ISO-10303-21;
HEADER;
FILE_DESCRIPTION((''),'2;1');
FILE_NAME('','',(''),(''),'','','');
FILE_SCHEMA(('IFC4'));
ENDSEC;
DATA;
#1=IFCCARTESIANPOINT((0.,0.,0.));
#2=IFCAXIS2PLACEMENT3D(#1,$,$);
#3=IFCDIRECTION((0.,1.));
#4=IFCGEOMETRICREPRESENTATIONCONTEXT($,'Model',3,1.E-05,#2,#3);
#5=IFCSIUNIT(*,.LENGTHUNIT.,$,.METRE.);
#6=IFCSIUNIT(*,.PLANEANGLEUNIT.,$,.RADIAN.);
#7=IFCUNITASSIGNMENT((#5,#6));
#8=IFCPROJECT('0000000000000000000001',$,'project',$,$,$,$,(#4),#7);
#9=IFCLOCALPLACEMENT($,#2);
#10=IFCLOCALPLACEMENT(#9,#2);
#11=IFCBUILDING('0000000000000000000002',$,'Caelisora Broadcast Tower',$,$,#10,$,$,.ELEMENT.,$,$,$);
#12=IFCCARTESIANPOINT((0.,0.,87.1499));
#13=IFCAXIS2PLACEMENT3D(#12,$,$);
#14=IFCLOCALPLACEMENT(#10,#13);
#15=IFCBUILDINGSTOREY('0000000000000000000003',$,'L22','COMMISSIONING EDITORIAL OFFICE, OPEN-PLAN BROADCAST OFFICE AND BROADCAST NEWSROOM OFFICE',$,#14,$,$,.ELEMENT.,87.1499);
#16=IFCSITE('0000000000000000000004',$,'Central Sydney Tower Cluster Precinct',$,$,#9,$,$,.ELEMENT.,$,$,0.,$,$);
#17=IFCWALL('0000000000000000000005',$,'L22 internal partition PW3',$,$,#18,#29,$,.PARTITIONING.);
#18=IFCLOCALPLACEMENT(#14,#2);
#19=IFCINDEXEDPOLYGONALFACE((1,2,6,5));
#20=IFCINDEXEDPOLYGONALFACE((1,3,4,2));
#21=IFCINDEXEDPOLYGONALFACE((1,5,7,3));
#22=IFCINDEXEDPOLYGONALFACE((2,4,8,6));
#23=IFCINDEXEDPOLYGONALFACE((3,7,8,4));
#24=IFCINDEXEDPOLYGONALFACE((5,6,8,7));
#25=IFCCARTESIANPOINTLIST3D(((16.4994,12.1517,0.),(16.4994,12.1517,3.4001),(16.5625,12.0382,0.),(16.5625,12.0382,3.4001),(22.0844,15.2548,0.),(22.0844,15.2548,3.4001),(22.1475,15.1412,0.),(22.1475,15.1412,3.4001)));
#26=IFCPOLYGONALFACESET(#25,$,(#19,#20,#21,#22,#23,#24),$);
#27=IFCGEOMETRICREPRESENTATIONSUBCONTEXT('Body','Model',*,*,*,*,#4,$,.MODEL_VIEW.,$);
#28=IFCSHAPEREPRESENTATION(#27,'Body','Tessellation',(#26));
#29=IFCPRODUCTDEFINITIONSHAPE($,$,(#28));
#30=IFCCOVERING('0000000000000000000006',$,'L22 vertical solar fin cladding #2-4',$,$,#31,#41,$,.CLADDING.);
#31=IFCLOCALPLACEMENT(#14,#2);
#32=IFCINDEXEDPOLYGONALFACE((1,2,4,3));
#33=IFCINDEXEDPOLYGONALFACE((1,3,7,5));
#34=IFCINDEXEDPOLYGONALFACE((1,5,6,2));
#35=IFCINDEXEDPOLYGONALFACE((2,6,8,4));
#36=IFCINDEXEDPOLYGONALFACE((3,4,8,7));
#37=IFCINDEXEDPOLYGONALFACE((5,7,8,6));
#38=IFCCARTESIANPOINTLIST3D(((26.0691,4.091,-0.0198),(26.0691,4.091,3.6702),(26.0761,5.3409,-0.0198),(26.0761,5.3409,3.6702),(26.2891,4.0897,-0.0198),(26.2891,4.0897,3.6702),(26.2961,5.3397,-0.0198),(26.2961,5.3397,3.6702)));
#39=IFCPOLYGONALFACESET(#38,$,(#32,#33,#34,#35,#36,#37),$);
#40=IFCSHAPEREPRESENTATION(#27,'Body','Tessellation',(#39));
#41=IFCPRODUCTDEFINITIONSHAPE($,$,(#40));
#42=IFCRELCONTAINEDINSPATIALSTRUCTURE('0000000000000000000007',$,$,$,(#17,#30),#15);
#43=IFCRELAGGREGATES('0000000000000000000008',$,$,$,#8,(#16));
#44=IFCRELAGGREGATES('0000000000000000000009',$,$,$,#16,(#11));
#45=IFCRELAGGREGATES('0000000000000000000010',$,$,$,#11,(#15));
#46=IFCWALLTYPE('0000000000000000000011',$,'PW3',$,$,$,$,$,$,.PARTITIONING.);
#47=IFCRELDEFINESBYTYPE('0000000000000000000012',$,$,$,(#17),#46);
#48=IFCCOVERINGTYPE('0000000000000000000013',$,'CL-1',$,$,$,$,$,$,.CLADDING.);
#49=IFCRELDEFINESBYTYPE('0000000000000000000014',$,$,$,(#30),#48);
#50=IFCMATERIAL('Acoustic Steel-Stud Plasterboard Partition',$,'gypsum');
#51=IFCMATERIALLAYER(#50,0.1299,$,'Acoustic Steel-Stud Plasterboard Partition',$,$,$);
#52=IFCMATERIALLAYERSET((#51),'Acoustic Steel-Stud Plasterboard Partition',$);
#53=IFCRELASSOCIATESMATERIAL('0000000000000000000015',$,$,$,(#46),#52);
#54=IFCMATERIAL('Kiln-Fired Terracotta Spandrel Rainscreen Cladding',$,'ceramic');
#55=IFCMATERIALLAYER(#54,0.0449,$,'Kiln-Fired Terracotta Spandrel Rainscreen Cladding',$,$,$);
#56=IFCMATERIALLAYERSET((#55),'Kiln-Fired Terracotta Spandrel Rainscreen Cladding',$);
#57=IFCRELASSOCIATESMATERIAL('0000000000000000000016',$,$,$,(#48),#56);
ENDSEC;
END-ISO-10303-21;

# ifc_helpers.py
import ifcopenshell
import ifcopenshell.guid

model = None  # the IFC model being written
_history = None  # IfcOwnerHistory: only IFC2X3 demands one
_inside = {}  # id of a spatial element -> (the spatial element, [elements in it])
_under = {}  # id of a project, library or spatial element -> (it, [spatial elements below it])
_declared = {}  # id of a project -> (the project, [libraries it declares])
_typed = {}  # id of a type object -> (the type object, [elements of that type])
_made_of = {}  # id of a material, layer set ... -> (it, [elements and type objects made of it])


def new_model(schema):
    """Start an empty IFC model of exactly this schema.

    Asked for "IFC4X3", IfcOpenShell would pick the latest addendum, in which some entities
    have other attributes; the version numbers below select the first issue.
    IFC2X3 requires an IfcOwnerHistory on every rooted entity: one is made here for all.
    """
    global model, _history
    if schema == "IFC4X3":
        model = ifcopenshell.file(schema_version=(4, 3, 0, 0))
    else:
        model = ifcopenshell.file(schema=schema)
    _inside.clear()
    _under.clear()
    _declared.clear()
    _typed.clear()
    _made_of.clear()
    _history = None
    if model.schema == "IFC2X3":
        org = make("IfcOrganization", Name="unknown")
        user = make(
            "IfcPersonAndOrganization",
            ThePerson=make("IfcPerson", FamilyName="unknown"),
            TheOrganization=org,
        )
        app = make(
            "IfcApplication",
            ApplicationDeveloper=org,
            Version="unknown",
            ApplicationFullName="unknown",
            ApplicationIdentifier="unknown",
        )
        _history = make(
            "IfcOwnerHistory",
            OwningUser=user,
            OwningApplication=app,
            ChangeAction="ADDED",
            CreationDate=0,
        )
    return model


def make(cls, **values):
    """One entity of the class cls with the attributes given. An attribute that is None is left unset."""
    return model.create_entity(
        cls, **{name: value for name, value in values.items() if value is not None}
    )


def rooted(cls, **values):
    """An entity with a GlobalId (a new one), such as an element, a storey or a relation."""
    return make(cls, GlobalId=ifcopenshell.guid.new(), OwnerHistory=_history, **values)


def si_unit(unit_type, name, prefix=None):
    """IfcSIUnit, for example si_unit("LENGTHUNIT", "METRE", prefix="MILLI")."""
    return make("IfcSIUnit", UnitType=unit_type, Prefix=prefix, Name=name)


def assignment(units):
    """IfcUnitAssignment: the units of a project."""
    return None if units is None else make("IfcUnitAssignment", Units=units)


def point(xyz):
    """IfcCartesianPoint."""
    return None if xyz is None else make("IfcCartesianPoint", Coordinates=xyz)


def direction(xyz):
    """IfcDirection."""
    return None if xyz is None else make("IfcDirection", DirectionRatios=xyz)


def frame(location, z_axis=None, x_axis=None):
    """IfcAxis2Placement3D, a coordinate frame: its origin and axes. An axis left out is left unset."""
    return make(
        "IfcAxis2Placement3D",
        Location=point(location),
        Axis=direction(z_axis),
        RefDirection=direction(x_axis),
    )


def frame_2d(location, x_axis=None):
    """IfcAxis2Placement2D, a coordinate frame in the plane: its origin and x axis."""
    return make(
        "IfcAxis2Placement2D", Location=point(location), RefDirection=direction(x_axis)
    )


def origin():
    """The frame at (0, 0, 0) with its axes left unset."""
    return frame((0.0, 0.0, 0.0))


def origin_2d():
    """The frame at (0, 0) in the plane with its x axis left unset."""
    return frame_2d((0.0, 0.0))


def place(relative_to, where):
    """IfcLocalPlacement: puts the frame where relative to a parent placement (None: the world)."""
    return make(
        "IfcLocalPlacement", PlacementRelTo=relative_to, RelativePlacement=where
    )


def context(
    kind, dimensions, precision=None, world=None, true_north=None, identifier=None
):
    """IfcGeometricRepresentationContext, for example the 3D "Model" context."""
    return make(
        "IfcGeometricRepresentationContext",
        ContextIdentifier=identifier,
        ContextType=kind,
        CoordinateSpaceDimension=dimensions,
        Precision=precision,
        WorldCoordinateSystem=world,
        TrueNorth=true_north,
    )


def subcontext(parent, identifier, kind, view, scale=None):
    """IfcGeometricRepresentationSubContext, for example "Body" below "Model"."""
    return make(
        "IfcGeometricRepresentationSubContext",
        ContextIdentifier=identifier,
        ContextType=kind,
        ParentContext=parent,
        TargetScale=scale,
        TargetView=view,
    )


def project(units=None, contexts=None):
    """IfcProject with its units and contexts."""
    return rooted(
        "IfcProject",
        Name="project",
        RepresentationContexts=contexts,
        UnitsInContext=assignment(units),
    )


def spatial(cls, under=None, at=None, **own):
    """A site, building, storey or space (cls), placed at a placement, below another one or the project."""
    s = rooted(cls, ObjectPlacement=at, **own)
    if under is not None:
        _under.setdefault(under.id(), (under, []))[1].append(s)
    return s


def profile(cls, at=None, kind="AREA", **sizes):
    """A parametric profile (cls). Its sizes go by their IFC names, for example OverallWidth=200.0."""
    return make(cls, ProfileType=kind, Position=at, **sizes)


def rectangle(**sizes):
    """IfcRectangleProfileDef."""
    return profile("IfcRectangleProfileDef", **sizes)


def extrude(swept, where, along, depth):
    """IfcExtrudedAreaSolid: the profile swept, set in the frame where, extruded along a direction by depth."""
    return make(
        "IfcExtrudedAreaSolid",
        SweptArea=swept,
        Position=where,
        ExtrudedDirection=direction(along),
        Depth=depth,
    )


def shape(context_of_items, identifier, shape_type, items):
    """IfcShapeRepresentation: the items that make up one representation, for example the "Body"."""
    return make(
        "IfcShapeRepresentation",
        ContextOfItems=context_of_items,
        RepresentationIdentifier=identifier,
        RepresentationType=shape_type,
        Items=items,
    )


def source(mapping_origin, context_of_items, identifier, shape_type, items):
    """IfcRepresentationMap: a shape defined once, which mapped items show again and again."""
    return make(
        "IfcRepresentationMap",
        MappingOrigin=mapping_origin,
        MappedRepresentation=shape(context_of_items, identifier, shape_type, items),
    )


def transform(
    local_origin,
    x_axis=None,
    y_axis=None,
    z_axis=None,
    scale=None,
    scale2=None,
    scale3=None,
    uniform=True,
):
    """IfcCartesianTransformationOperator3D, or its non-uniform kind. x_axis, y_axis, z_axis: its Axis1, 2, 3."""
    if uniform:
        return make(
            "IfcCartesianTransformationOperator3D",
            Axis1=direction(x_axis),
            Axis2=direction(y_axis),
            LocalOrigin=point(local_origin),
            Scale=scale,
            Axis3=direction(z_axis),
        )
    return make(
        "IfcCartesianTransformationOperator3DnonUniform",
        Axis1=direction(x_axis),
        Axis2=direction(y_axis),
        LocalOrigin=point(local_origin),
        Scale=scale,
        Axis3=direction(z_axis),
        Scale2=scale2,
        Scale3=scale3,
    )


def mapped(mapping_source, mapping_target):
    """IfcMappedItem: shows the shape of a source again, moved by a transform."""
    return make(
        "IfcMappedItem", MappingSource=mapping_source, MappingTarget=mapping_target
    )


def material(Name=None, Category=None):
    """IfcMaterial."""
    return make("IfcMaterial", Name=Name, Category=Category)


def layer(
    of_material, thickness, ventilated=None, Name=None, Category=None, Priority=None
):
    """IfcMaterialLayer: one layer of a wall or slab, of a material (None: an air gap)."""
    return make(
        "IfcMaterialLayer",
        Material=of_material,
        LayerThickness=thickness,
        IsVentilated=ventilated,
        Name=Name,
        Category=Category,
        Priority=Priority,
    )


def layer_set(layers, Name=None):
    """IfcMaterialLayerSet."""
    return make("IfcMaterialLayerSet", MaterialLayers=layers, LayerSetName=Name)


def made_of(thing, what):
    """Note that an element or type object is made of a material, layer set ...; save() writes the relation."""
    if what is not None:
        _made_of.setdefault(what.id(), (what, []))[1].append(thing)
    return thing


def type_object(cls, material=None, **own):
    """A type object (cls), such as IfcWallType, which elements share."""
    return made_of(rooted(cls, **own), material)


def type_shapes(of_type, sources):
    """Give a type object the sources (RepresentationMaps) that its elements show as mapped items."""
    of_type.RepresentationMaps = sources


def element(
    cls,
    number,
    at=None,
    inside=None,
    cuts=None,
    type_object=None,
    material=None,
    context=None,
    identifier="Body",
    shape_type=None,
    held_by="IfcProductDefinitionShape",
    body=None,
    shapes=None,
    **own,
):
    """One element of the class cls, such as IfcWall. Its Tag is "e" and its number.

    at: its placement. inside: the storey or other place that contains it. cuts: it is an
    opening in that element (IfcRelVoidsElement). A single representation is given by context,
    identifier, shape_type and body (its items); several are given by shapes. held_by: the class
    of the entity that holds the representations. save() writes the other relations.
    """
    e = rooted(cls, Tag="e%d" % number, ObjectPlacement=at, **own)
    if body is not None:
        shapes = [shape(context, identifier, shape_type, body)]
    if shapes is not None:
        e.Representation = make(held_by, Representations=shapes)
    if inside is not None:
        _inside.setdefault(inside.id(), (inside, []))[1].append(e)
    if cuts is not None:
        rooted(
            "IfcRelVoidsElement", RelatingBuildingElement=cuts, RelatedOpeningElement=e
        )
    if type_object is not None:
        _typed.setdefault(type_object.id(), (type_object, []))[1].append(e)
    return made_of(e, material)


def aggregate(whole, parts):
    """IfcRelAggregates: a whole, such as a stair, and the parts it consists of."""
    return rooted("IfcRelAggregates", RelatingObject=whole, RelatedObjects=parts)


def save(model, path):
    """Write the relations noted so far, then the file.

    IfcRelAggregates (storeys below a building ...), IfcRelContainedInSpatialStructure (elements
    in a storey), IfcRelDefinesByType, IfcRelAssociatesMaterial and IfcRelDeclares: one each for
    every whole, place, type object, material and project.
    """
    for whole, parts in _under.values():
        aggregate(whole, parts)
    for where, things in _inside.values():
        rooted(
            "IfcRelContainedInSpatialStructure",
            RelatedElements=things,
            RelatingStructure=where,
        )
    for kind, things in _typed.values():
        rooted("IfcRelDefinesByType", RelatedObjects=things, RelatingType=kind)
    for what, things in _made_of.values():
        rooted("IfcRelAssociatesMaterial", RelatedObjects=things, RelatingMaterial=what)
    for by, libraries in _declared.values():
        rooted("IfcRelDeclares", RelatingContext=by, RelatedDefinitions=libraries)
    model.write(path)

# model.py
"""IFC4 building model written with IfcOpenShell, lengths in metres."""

from ifc_helpers import new_model, si_unit, direction, frame, frame_2d, origin, origin_2d, place, context, subcontext, project, spatial, rectangle, extrude, source, transform, mapped, material, layer, layer_set, type_object, type_shapes, element, save


model = new_model("IFC4")

# Units and contexts
model_context = context("Model", 3, precision=1e-05, world=origin(), true_north=direction((0.0, 1.0)))
body_context = subcontext(model_context, "Body", "Model", "MODEL_VIEW")
ifc_project = project(units=[si_unit("LENGTHUNIT", "METRE"), si_unit("PLANEANGLEUNIT", "RADIAN")], contexts=[model_context])

# Site, building, storey
site_placement = place(None, origin())
site = spatial("IfcSite", under=ifc_project, at=site_placement, Name="Central Sydney Tower Cluster Precinct", CompositionType="ELEMENT", RefElevation=0.0)
building_placement = place(site_placement, origin())
building = spatial("IfcBuilding", under=site, at=building_placement, Name="Caelisora Broadcast Tower", CompositionType="ELEMENT")
storey_placement = place(building_placement, frame((0.0, 0.0, 87.1499)))
storey = spatial("IfcBuildingStorey", under=building, at=storey_placement, Name="L22", Description="COMMISSIONING EDITORIAL OFFICE, OPEN-PLAN BROADCAST OFFICE AND BROADCAST NEWSROOM OFFICE", CompositionType="ELEMENT", Elevation=87.1499)

# Shared definitions
ifc_material_1 = material(Name="Acoustic Steel-Stud Plasterboard Partition", Category="gypsum")
ifc_layer_1 = layer(ifc_material_1, 0.1299, Name="Acoustic Steel-Stud Plasterboard Partition")
ifc_layer_set_1 = layer_set([ifc_layer_1], Name="Acoustic Steel-Stud Plasterboard Partition")
wall_type_1 = type_object("IfcWallType", Name="PW3", PredefinedType="PARTITIONING", material=ifc_layer_set_1)

# Wall
wall_1_placement = place(storey_placement, frame((22.116, 15.198, 0.0), z_axis=(0.0, 0.0, 1.0), x_axis=(-0.874139, -0.485675, 0.0)))
element("IfcWall", 1, at=wall_1_placement, inside=storey, type_object=wall_type_1, Name="L22 internal partition PW3", PredefinedType="PARTITIONING", context=body_context, shape_type="SweptSolid", body=[
    extrude(rectangle(XDim=6.3892, YDim=0.1299, at=frame_2d((3.1946, 0.0))), origin(), (0.0, 0.0, 1.0), 3.4001),
])

# Covering
ifc_material_2 = material(Name="Kiln-Fired Terracotta Spandrel Rainscreen Cladding", Category="ceramic")
ifc_layer_2 = layer(ifc_material_2, 0.0449, Name="Kiln-Fired Terracotta Spandrel Rainscreen Cladding")
ifc_layer_set_2 = layer_set([ifc_layer_2], Name="Kiln-Fired Terracotta Spandrel Rainscreen Cladding")
covering_type = type_object("IfcCoveringType", Name="CL-1", PredefinedType="CLADDING", material=ifc_layer_set_2)
shared_shape_1 = source(origin(), body_context, "Body", "SweptSolid", [
    extrude(rectangle(XDim=0.22, YDim=1.25, at=origin_2d()), origin(), (0.0, 0.0, 1.0), 3.6899),
])
type_shapes(covering_type, [shared_shape_1])
covering_placement = place(storey_placement, frame((26.1826, 4.7153, -0.0198), z_axis=(0.0, 0.0, 1.0), x_axis=(-0.999984, 0.005585, 0.0)))
element("IfcCovering", 2, at=covering_placement, inside=storey, type_object=covering_type, Name="L22 vertical solar fin cladding #2-4", PredefinedType="CLADDING", context=body_context, shape_type="MappedRepresentation", body=[
    mapped(shared_shape_1, transform((0.0, 0.0, 0.0), scale=1.0)),
])

save(model, "model.ifc")
